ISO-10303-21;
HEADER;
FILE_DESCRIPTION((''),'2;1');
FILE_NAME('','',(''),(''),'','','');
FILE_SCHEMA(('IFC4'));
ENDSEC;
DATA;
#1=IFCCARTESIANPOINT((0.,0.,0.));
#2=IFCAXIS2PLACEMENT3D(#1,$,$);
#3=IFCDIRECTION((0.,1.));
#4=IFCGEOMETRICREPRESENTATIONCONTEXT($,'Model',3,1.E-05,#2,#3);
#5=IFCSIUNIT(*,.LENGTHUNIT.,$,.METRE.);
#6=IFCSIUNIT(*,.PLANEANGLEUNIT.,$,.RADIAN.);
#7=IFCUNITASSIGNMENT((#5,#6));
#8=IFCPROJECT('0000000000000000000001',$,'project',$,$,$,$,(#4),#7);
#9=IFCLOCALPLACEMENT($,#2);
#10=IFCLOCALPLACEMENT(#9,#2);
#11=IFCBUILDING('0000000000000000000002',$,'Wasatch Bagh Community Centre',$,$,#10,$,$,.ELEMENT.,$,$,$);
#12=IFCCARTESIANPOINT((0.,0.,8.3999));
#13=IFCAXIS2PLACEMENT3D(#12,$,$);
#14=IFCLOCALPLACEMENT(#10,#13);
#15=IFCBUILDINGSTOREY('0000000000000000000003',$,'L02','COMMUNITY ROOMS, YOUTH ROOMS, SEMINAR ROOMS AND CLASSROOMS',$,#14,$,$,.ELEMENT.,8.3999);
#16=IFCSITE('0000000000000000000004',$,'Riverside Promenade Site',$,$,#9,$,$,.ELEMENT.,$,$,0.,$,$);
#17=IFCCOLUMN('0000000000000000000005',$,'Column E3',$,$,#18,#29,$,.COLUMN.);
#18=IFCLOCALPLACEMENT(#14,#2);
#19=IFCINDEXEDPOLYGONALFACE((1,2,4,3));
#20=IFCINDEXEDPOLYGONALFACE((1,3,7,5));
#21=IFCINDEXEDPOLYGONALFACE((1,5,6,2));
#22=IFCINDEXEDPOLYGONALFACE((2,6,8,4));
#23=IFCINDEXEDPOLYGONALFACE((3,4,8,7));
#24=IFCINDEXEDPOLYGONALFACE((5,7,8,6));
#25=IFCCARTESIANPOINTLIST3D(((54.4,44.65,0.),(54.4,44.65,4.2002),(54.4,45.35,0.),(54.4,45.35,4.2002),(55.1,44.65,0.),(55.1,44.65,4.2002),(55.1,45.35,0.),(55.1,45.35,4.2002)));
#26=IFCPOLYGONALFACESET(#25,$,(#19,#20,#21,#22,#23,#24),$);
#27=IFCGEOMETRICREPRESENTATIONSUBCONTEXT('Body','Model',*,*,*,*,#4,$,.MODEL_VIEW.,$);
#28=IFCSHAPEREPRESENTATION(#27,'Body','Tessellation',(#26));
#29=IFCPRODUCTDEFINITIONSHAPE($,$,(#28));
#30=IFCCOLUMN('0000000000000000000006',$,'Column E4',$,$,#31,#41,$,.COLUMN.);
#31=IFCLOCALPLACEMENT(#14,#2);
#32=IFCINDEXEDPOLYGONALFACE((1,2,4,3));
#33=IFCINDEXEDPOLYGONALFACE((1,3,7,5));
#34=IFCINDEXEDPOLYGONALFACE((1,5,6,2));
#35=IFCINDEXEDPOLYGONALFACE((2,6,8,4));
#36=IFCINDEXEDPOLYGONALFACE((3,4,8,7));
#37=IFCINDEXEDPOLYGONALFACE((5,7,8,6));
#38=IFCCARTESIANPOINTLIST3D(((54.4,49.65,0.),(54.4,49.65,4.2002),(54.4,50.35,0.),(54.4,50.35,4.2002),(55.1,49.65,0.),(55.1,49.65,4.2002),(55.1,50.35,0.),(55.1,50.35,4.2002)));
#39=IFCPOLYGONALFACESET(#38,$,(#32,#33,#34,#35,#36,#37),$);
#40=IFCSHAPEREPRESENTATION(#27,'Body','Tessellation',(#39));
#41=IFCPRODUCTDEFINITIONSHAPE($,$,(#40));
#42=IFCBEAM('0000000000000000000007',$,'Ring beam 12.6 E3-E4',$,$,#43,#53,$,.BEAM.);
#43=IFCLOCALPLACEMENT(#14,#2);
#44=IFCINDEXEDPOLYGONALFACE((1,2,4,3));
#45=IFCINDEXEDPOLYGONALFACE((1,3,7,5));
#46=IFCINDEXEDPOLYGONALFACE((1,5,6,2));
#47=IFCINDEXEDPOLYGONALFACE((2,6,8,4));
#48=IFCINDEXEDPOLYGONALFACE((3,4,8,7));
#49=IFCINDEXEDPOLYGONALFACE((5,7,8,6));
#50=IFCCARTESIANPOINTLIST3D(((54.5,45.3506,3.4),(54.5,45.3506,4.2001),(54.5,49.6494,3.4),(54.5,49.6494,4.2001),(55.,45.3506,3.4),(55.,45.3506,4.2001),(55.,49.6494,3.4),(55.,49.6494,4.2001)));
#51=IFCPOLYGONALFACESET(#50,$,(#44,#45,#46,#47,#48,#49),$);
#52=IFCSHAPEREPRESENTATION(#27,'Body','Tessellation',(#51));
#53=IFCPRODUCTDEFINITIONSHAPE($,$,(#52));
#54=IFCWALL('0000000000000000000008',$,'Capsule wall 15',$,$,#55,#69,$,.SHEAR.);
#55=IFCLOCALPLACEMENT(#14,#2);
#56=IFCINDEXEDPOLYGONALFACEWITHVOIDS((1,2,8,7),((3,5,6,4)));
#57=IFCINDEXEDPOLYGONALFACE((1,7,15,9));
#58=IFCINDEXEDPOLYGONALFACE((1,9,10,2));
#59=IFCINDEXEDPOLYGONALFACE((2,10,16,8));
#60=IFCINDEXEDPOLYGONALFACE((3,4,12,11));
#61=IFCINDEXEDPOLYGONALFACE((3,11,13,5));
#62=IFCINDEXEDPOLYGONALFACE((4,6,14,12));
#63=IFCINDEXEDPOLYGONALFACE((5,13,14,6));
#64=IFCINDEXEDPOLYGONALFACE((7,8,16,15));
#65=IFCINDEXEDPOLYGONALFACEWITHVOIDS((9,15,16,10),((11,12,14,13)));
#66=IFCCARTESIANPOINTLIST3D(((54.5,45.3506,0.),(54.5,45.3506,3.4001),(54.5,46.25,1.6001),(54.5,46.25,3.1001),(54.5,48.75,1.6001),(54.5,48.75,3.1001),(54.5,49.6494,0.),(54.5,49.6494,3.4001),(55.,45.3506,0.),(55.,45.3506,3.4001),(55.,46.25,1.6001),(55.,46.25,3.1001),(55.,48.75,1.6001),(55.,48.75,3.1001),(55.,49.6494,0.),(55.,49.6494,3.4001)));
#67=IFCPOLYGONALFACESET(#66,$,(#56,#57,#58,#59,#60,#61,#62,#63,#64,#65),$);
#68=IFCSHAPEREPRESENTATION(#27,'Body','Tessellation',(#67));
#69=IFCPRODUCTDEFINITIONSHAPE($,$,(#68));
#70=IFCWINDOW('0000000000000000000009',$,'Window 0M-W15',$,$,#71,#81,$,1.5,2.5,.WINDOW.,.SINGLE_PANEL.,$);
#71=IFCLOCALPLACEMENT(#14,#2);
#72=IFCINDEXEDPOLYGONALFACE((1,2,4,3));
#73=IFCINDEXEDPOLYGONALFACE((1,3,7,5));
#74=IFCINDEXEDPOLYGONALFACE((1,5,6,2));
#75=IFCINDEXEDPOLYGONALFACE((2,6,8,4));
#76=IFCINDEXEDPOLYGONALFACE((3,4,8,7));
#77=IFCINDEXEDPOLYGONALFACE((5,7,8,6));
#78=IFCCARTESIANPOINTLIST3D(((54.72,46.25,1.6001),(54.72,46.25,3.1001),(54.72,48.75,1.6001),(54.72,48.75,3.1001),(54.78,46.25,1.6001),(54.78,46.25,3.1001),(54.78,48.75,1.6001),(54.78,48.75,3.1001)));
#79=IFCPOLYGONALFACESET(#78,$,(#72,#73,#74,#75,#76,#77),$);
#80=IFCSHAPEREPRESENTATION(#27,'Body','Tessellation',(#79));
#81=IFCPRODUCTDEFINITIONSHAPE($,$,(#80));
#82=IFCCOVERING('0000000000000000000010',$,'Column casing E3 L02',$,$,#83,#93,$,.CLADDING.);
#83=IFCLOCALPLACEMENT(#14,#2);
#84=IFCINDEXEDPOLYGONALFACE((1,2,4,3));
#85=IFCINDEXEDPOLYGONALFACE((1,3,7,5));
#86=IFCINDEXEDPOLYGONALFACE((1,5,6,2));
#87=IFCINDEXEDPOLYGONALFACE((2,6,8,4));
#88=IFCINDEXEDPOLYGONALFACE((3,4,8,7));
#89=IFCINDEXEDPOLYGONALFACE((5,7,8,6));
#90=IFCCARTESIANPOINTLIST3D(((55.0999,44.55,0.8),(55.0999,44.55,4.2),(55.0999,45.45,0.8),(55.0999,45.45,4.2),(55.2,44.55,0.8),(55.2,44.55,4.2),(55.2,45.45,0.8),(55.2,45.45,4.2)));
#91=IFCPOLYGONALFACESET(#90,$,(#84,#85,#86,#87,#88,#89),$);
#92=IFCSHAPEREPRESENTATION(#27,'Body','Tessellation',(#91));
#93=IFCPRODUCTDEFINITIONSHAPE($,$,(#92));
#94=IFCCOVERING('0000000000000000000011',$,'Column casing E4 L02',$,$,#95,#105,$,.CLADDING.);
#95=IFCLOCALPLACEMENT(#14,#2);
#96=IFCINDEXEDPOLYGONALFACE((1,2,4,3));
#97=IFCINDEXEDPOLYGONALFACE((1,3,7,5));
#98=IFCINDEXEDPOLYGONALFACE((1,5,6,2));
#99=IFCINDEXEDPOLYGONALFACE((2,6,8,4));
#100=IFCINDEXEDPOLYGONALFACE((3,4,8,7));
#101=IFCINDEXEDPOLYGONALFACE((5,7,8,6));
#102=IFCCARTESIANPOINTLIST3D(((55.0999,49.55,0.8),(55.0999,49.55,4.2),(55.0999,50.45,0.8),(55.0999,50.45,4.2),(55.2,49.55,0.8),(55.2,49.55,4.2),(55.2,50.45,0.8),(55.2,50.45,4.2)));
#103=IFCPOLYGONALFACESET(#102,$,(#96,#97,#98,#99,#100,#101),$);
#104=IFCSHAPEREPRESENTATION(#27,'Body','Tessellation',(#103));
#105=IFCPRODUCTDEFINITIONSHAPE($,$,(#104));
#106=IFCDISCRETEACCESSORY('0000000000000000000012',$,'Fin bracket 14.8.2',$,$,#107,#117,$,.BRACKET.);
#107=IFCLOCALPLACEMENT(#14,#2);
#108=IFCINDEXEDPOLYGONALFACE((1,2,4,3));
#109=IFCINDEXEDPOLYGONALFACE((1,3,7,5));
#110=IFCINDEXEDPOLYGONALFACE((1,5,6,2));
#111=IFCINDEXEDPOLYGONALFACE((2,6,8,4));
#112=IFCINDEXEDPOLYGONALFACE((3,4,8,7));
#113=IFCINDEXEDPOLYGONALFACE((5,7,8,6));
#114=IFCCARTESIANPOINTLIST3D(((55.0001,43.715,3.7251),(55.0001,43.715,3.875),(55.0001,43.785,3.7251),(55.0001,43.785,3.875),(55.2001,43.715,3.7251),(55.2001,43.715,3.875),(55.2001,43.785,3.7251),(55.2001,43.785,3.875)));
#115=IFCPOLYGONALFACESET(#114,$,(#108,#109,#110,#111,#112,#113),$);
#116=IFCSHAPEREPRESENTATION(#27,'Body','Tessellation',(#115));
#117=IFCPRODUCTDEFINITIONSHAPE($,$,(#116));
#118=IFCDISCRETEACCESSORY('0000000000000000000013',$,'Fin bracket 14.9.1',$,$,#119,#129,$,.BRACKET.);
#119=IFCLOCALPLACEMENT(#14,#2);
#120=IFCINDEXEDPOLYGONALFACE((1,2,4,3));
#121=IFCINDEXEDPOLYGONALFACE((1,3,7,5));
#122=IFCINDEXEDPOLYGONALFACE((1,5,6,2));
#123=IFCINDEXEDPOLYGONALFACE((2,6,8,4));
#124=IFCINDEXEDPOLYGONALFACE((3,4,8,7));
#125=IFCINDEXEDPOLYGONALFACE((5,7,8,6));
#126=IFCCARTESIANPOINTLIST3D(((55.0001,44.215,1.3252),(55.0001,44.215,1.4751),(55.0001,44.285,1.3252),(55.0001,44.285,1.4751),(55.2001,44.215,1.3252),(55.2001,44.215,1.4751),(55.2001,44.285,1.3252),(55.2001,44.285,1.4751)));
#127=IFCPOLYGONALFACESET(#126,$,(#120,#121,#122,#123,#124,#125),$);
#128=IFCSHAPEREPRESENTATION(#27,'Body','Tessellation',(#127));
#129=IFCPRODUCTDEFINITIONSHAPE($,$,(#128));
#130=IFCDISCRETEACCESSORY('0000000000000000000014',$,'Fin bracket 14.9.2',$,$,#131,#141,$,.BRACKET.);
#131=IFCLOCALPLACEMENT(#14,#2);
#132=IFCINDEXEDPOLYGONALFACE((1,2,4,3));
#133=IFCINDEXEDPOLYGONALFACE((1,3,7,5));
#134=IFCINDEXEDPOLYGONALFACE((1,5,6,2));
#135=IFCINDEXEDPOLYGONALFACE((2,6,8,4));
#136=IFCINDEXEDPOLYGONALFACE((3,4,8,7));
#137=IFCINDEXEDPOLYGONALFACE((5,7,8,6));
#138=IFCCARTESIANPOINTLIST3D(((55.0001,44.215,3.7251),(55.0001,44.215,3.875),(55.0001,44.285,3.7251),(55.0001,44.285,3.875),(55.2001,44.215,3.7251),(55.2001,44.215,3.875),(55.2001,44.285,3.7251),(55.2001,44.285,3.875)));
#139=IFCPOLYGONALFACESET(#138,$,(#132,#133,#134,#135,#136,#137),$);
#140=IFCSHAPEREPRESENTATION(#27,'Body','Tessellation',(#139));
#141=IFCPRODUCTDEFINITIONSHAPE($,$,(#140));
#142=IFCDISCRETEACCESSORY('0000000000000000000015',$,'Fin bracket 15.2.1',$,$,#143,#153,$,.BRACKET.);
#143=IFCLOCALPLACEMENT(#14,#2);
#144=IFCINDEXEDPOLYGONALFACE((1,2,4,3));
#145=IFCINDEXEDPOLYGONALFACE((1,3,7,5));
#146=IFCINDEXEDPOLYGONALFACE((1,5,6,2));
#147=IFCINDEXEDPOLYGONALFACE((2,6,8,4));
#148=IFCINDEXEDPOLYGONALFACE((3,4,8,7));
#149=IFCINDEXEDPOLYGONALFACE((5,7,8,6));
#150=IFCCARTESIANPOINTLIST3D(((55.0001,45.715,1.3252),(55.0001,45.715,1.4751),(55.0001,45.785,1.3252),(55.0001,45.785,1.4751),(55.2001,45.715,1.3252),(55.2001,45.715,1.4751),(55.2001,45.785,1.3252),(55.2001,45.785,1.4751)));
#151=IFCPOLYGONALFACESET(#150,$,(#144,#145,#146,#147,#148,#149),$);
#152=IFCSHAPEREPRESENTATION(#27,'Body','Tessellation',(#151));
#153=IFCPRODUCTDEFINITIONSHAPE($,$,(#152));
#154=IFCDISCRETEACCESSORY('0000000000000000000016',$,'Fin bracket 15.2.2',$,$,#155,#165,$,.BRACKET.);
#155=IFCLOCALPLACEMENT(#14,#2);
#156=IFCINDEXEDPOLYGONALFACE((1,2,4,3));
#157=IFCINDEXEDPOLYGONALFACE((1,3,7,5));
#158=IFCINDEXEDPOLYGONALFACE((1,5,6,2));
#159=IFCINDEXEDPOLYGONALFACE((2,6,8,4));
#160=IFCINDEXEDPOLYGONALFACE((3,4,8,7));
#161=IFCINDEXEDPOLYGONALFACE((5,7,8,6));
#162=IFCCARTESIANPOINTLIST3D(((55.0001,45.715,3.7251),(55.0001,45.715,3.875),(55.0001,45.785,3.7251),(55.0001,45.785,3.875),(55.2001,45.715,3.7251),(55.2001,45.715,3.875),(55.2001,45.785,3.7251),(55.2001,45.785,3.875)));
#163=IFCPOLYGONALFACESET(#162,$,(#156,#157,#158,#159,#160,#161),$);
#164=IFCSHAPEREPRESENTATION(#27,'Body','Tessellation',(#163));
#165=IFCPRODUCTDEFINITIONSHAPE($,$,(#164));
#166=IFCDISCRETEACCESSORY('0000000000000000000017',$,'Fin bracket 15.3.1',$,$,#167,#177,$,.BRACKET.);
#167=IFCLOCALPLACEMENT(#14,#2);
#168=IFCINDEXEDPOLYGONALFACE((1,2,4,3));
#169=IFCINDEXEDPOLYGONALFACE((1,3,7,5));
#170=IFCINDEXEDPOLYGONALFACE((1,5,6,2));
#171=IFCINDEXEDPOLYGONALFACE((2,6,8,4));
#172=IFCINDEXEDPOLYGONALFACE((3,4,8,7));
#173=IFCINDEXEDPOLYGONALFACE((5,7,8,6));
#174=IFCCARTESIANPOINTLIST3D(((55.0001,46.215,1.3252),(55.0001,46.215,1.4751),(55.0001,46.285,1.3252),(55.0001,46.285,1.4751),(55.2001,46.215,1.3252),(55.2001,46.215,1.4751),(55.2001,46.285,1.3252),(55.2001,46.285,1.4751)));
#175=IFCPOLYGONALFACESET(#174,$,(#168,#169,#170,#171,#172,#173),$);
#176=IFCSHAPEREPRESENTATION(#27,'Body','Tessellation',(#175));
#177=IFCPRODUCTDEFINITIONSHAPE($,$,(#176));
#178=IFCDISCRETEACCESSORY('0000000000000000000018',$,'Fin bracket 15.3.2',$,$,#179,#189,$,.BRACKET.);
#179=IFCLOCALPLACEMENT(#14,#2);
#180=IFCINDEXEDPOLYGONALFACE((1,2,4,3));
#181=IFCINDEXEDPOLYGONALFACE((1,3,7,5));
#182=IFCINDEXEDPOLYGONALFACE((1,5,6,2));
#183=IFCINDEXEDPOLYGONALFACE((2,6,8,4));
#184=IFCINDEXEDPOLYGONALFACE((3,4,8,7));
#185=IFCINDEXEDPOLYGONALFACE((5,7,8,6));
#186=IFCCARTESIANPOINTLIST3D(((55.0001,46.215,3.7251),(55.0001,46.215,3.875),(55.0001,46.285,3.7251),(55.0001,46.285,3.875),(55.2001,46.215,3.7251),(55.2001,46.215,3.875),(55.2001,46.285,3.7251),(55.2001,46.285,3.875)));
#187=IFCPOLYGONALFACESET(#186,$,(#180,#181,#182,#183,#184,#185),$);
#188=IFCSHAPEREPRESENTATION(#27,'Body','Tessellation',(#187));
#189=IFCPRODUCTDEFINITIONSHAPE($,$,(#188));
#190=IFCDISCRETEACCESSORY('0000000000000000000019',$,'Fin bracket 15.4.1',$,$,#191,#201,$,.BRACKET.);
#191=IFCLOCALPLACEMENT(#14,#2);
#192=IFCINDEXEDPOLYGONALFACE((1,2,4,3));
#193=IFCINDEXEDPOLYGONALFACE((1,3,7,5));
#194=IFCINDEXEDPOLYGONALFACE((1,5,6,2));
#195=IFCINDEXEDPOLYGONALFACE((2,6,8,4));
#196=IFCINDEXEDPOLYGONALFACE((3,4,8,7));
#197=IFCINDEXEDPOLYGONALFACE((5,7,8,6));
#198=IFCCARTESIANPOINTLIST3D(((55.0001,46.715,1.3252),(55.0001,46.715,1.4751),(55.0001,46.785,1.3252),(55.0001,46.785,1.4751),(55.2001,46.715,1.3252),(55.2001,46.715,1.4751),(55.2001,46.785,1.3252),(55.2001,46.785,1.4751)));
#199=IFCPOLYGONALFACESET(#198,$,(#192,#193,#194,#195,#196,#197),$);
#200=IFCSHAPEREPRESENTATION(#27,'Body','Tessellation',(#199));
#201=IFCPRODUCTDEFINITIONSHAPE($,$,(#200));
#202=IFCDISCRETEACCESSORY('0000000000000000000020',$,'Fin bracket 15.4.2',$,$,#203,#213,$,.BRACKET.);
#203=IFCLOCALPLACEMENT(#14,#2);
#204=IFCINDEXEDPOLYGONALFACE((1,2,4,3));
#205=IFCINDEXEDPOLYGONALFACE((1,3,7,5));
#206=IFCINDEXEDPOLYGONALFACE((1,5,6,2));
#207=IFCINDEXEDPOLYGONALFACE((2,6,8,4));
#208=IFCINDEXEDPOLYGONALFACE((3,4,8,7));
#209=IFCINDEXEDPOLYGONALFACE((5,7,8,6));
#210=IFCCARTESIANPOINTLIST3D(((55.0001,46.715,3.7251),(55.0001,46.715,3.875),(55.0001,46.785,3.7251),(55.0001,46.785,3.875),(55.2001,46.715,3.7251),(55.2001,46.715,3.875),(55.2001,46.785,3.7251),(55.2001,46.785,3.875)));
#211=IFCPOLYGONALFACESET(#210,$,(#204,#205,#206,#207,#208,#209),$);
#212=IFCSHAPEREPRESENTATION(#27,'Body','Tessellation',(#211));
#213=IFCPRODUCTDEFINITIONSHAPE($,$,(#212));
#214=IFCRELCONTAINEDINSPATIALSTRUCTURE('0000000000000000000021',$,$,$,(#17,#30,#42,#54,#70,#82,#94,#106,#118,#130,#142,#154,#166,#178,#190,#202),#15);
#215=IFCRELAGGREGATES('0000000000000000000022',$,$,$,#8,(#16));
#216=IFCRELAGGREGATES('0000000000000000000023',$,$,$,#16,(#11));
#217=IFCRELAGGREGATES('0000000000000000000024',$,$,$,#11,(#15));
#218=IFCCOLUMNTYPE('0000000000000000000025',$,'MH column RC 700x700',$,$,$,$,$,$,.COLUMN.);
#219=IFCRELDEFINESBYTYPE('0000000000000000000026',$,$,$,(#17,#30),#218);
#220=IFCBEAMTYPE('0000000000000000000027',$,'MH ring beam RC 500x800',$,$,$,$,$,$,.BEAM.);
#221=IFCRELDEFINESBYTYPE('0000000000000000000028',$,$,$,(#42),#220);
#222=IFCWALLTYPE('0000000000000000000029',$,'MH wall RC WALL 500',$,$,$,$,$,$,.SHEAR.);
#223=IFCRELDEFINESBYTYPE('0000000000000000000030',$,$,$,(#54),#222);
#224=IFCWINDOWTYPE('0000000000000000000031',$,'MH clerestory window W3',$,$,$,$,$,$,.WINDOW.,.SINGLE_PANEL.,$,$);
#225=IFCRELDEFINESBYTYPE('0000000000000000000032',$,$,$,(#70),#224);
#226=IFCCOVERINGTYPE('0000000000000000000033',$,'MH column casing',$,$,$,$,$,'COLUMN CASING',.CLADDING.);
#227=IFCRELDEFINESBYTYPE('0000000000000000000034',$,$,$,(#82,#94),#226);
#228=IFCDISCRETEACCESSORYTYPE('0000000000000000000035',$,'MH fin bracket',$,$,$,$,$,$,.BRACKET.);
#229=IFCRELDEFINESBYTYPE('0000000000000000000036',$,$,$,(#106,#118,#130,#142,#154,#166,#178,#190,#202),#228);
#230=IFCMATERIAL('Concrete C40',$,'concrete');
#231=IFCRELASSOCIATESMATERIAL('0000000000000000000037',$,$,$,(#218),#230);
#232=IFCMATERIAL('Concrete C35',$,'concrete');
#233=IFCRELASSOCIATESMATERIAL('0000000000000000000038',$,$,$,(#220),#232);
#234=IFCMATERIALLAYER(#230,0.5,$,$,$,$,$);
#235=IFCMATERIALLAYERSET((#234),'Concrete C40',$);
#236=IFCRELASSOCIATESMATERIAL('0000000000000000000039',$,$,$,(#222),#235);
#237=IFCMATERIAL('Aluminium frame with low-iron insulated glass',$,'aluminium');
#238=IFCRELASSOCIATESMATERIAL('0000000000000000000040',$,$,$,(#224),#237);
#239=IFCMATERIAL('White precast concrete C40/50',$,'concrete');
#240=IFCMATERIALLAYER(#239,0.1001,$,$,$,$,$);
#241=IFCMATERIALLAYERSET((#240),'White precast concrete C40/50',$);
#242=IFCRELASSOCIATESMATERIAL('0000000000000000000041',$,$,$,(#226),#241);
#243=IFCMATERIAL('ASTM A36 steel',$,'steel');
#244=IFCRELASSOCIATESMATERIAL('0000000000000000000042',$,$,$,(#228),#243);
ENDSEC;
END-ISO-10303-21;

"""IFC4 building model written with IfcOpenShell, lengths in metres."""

from ifc_helpers import new_model, si_unit, direction, frame, frame_2d, origin, origin_2d, place, context, subcontext, project, spatial, rectangle, extrude, material, layer, layer_set, material_profile, profile_set, type_object, element, fill, save


model = new_model("IFC4")

# Units and contexts
model_context = context("Model", 3, precision=1e-05, world=origin(), true_north=direction((0.0, 1.0)))
body_context = subcontext(model_context, "Body", "Model", "MODEL_VIEW")
ifc_project = project(units=[si_unit("LENGTHUNIT", "METRE"), si_unit("PLANEANGLEUNIT", "RADIAN")], contexts=[model_context])

# Site, building, storey
site_placement = place(None, origin())
site = spatial("IfcSite", under=ifc_project, at=site_placement, Name="Riverside Promenade Site", CompositionType="ELEMENT", RefElevation=0.0)
building_placement = place(site_placement, origin())
building = spatial("IfcBuilding", under=site, at=building_placement, Name="Wasatch Bagh Community Centre", CompositionType="ELEMENT")
storey_placement = place(building_placement, frame((0.0, 0.0, 8.3999)))
storey = spatial("IfcBuildingStorey", under=building, at=storey_placement, Name="L02", Description="COMMUNITY ROOMS, YOUTH ROOMS, SEMINAR ROOMS AND CLASSROOMS", CompositionType="ELEMENT", Elevation=8.3999)

# Columns
ifc_material_1 = material(Name="Concrete C40", Category="concrete")
ifc_material_profile_1 = material_profile(ifc_material_1, rectangle(XDim=0.7, YDim=0.7, at=origin_2d()), Name="RC 700x700")
ifc_profile_set_1 = profile_set([ifc_material_profile_1], Name="Concrete C40")
column_type = type_object("IfcColumnType", Name="MH column RC 700x700", PredefinedType="COLUMN", material=ifc_profile_set_1)
for number, where, z_axis, x_axis, name in (
    (1, (54.75, 45.0, 0.0), (0.0, 0.0, 1.0), (1.0, 0.0, 0.0), "Column E3"),
    (2, (54.75, 50.0, 0.0), (0.0, 0.0, 1.0), (1.0, 0.0, 0.0), "Column E4"),
):
    element("IfcColumn", number, at=place(storey_placement, frame(where, z_axis=z_axis, x_axis=x_axis)), inside=storey, type_object=column_type, Name=name, PredefinedType="COLUMN", context=body_context, shape_type="SweptSolid", body=[
        extrude(rectangle(XDim=0.7, YDim=0.7, at=origin_2d()), origin(), (0.0, 0.0, 1.0), 4.2002),
    ])

# Beam
ifc_material_2 = material(Name="Concrete C35", Category="concrete")
ifc_material_profile_2 = material_profile(ifc_material_2, rectangle(XDim=0.5, YDim=0.8, at=origin_2d()), Name="RC 500x800")
ifc_profile_set_2 = profile_set([ifc_material_profile_2], Name="Concrete C35")
beam_type = type_object("IfcBeamType", Name="MH ring beam RC 500x800", PredefinedType="BEAM", material=ifc_profile_set_2)
beam_placement = place(storey_placement, frame((54.75, 45.3506, 3.8), z_axis=(0.0, 1.0, 0.0), x_axis=(-1.0, 0.0, 0.0)))
element("IfcBeam", 3, at=beam_placement, inside=storey, type_object=beam_type, Name="Ring beam 12.6 E3-E4", PredefinedType="BEAM", context=body_context, shape_type="SweptSolid", body=[
    extrude(rectangle(XDim=0.5, YDim=0.8, at=origin_2d()), origin(), (0.0, 0.0, 1.0), 4.2988),
])

# Wall, opening, window
ifc_layer_1 = layer(ifc_material_1, 0.5)
ifc_layer_set_1 = layer_set([ifc_layer_1], Name="Concrete C40")
wall_type = type_object("IfcWallType", Name="MH wall RC WALL 500", PredefinedType="SHEAR", material=ifc_layer_set_1)
wall_placement = place(storey_placement, frame((54.75, 45.3506, 0.0), z_axis=(0.0, 0.0, 1.0), x_axis=(0.0, 1.0, 0.0)))
wall = element("IfcWall", 4, at=wall_placement, inside=storey, type_object=wall_type, Name="Capsule wall 15", PredefinedType="SHEAR", context=body_context, shape_type="SweptSolid", body=[
    extrude(rectangle(XDim=4.2988, YDim=0.5, at=frame_2d((2.1494, 0.0))), origin(), (0.0, 0.0, 1.0), 3.4001),
])
opening_placement = place(wall_placement, frame((0.8994, 0.0, 1.6001)))
opening = element("IfcOpeningElement", 5, at=opening_placement, cuts=wall, PredefinedType="OPENING", context=body_context, shape_type="SweptSolid", body=[
    extrude(rectangle(XDim=2.5, YDim=1.5, at=frame_2d((1.25, 0.75))), frame((0.0, 0.26, 0.0), z_axis=(0.0, -1.0, 0.0), x_axis=(1.0, 0.0, 0.0)), (0.0, 0.0, 1.0), 0.52),
])
ifc_material_3 = material(Name="Aluminium frame with low-iron insulated glass", Category="aluminium")
window_type = type_object("IfcWindowType", Name="MH clerestory window W3", PartitioningType="SINGLE_PANEL", PredefinedType="WINDOW", material=ifc_material_3)
window_placement = place(opening_placement, origin())
window = element("IfcWindow", 6, at=window_placement, inside=storey, type_object=window_type, Name="Window 0M-W15", OverallHeight=1.5, OverallWidth=2.5, PartitioningType="SINGLE_PANEL", PredefinedType="WINDOW", context=body_context, shape_type="SweptSolid", body=[
    extrude(rectangle(XDim=2.5, YDim=1.5, at=frame_2d((1.25, 0.75))), frame((0.0, 0.03, 0.0), z_axis=(0.0, -1.0, 0.0), x_axis=(1.0, 0.0, 0.0)), (0.0, 0.0, 1.0), 0.0601),
])
fill(opening, window)

# Coverings
ifc_material_4 = material(Name="White precast concrete C40/50", Category="concrete")
ifc_layer_2 = layer(ifc_material_4, 0.1001)
ifc_layer_set_2 = layer_set([ifc_layer_2], Name="White precast concrete C40/50")
covering_type = type_object("IfcCoveringType", Name="MH column casing", ElementType="COLUMN CASING", PredefinedType="CLADDING", material=ifc_layer_set_2)
for number, where, z_axis, x_axis, name in (
    (7, (55.1499, 45.0, 0.8), (0.0, 0.0, 1.0), (0.0, 1.0, 0.0), "Column casing E3 L02"),
    (8, (55.1499, 50.0, 0.8), (0.0, 0.0, 1.0), (0.0, 1.0, 0.0), "Column casing E4 L02"),
):
    element("IfcCovering", number, at=place(storey_placement, frame(where, z_axis=z_axis, x_axis=x_axis)), inside=storey, type_object=covering_type, Name=name, PredefinedType="CLADDING", context=body_context, shape_type="SweptSolid", body=[
        extrude(rectangle(XDim=0.8999, YDim=0.1001, at=origin_2d()), origin(), (0.0, 0.0, 1.0), 3.3999),
    ])

# Discrete accessories
ifc_material_5 = material(Name="ASTM A36 steel", Category="steel")
discrete_accessory_type = type_object("IfcDiscreteAccessoryType", Name="MH fin bracket", PredefinedType="BRACKET", material=ifc_material_5)
for number, where, z_axis, x_axis, name in (
    (9, (55.1001, 43.75, 3.7251), (0.0, 0.0, 1.0), (0.0, 1.0, 0.0), "Fin bracket 14.8.2"),
    (10, (55.1001, 44.25, 1.3252), (0.0, 0.0, 1.0), (0.0, 1.0, 0.0), "Fin bracket 14.9.1"),
    (11, (55.1001, 44.25, 3.7251), (0.0, 0.0, 1.0), (0.0, 1.0, 0.0), "Fin bracket 14.9.2"),
    (12, (55.1001, 45.75, 1.3252), (0.0, 0.0, 1.0), (0.0, 1.0, 0.0), "Fin bracket 15.2.1"),
    (13, (55.1001, 45.75, 3.7251), (0.0, 0.0, 1.0), (0.0, 1.0, 0.0), "Fin bracket 15.2.2"),
    (14, (55.1001, 46.25, 1.3252), (0.0, 0.0, 1.0), (0.0, 1.0, 0.0), "Fin bracket 15.3.1"),
    (15, (55.1001, 46.25, 3.7251), (0.0, 0.0, 1.0), (0.0, 1.0, 0.0), "Fin bracket 15.3.2"),
    (16, (55.1001, 46.75, 1.3252), (0.0, 0.0, 1.0), (0.0, 1.0, 0.0), "Fin bracket 15.4.1"),
    (17, (55.1001, 46.75, 3.7251), (0.0, 0.0, 1.0), (0.0, 1.0, 0.0), "Fin bracket 15.4.2"),
):
    element("IfcDiscreteAccessory", number, at=place(storey_placement, frame(where, z_axis=z_axis, x_axis=x_axis)), inside=storey, type_object=discrete_accessory_type, Name=name, PredefinedType="BRACKET", context=body_context, shape_type="SweptSolid", body=[
        extrude(rectangle(XDim=0.0701, YDim=0.2, at=origin_2d()), origin(), (0.0, 0.0, 1.0), 0.1499),
    ])

save(model, "model.ifc")
